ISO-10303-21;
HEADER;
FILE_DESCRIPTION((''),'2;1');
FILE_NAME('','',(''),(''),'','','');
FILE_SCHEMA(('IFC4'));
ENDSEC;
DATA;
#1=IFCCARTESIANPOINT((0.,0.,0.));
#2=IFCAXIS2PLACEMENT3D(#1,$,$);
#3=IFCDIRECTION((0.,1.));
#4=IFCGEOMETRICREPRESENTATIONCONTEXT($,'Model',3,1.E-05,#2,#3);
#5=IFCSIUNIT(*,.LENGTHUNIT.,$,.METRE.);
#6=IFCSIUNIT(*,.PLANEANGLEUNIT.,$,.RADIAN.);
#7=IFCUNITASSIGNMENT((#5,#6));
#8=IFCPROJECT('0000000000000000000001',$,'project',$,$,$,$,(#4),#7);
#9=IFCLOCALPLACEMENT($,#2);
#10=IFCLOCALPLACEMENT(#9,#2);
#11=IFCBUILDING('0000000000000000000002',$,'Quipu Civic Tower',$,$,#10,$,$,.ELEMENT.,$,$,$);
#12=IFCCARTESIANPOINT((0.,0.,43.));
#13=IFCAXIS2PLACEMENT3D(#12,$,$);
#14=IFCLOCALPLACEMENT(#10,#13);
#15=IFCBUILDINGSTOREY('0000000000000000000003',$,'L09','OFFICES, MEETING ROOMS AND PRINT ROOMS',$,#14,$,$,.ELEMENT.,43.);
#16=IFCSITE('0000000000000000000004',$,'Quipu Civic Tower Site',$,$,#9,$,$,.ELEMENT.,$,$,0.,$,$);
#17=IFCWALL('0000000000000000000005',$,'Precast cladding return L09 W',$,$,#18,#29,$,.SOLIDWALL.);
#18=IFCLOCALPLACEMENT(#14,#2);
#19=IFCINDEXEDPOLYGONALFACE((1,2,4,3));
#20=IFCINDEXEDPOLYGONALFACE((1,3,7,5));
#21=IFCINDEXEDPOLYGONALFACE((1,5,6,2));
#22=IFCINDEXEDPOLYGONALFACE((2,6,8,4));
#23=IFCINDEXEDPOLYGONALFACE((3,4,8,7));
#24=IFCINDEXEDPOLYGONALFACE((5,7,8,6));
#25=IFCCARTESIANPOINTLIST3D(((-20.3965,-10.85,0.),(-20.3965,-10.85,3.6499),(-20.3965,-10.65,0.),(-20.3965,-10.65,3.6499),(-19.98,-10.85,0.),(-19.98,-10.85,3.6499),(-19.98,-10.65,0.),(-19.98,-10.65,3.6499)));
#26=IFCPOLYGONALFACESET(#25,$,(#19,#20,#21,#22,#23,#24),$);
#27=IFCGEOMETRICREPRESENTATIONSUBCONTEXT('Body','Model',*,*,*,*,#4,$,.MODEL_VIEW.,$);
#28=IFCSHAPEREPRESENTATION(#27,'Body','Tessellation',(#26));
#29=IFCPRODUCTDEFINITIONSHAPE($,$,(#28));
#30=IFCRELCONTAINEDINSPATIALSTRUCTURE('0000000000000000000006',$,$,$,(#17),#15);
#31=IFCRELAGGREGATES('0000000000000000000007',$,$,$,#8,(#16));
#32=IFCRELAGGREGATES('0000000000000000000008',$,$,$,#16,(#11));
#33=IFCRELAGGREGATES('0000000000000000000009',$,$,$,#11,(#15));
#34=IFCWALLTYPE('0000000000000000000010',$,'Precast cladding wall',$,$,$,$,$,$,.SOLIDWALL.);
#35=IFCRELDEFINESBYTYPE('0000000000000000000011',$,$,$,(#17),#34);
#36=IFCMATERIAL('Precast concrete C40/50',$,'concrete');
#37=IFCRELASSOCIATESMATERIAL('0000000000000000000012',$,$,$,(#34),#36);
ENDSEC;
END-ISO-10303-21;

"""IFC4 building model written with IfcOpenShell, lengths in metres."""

from ifc_helpers import new_model, si_unit, direction, frame, frame_2d, origin, place, context, subcontext, project, spatial, rectangle, extrude, material, type_object, element, save


model = new_model("IFC4")

# Units and contexts
model_context = context("Model", 3, precision=1e-05, world=origin(), true_north=direction((0.0, 1.0)))
body_context = subcontext(model_context, "Body", "Model", "MODEL_VIEW")
ifc_project = project(units=[si_unit("LENGTHUNIT", "METRE"), si_unit("PLANEANGLEUNIT", "RADIAN")], contexts=[model_context])

# Site, building, storey
site_placement = place(None, origin())
site = spatial("IfcSite", under=ifc_project, at=site_placement, Name="Quipu Civic Tower Site", CompositionType="ELEMENT", RefElevation=0.0)
building_placement = place(site_placement, origin())
building = spatial("IfcBuilding", under=site, at=building_placement, Name="Quipu Civic Tower", CompositionType="ELEMENT")
storey_placement = place(building_placement, frame((0.0, 0.0, 43.0)))
storey = spatial("IfcBuildingStorey", under=building, at=storey_placement, Name="L09", Description="OFFICES, MEETING ROOMS AND PRINT ROOMS", CompositionType="ELEMENT", Elevation=43.0)

# Wall
ifc_material_1 = material(Name="Precast concrete C40/50", Category="concrete")
wall_type_1 = type_object("IfcWallType", Name="Precast cladding wall", PredefinedType="SOLIDWALL", material=ifc_material_1)
wall_1_placement = place(storey_placement, frame((-19.98, -10.75, 0.0), z_axis=(0.0, 0.0, 1.0), x_axis=(-1.0, 0.0, 0.0)))
element("IfcWall", 1, at=wall_1_placement, inside=storey, type_object=wall_type_1, Name="Precast cladding return L09 W", PredefinedType="SOLIDWALL", context=body_context, shape_type="SweptSolid", body=[
    extrude(rectangle(XDim=0.4165, YDim=0.2, at=frame_2d((0.2083, 0.0))), origin(), (0.0, 0.0, 1.0), 3.6499),
])

save(model, "model.ifc")
